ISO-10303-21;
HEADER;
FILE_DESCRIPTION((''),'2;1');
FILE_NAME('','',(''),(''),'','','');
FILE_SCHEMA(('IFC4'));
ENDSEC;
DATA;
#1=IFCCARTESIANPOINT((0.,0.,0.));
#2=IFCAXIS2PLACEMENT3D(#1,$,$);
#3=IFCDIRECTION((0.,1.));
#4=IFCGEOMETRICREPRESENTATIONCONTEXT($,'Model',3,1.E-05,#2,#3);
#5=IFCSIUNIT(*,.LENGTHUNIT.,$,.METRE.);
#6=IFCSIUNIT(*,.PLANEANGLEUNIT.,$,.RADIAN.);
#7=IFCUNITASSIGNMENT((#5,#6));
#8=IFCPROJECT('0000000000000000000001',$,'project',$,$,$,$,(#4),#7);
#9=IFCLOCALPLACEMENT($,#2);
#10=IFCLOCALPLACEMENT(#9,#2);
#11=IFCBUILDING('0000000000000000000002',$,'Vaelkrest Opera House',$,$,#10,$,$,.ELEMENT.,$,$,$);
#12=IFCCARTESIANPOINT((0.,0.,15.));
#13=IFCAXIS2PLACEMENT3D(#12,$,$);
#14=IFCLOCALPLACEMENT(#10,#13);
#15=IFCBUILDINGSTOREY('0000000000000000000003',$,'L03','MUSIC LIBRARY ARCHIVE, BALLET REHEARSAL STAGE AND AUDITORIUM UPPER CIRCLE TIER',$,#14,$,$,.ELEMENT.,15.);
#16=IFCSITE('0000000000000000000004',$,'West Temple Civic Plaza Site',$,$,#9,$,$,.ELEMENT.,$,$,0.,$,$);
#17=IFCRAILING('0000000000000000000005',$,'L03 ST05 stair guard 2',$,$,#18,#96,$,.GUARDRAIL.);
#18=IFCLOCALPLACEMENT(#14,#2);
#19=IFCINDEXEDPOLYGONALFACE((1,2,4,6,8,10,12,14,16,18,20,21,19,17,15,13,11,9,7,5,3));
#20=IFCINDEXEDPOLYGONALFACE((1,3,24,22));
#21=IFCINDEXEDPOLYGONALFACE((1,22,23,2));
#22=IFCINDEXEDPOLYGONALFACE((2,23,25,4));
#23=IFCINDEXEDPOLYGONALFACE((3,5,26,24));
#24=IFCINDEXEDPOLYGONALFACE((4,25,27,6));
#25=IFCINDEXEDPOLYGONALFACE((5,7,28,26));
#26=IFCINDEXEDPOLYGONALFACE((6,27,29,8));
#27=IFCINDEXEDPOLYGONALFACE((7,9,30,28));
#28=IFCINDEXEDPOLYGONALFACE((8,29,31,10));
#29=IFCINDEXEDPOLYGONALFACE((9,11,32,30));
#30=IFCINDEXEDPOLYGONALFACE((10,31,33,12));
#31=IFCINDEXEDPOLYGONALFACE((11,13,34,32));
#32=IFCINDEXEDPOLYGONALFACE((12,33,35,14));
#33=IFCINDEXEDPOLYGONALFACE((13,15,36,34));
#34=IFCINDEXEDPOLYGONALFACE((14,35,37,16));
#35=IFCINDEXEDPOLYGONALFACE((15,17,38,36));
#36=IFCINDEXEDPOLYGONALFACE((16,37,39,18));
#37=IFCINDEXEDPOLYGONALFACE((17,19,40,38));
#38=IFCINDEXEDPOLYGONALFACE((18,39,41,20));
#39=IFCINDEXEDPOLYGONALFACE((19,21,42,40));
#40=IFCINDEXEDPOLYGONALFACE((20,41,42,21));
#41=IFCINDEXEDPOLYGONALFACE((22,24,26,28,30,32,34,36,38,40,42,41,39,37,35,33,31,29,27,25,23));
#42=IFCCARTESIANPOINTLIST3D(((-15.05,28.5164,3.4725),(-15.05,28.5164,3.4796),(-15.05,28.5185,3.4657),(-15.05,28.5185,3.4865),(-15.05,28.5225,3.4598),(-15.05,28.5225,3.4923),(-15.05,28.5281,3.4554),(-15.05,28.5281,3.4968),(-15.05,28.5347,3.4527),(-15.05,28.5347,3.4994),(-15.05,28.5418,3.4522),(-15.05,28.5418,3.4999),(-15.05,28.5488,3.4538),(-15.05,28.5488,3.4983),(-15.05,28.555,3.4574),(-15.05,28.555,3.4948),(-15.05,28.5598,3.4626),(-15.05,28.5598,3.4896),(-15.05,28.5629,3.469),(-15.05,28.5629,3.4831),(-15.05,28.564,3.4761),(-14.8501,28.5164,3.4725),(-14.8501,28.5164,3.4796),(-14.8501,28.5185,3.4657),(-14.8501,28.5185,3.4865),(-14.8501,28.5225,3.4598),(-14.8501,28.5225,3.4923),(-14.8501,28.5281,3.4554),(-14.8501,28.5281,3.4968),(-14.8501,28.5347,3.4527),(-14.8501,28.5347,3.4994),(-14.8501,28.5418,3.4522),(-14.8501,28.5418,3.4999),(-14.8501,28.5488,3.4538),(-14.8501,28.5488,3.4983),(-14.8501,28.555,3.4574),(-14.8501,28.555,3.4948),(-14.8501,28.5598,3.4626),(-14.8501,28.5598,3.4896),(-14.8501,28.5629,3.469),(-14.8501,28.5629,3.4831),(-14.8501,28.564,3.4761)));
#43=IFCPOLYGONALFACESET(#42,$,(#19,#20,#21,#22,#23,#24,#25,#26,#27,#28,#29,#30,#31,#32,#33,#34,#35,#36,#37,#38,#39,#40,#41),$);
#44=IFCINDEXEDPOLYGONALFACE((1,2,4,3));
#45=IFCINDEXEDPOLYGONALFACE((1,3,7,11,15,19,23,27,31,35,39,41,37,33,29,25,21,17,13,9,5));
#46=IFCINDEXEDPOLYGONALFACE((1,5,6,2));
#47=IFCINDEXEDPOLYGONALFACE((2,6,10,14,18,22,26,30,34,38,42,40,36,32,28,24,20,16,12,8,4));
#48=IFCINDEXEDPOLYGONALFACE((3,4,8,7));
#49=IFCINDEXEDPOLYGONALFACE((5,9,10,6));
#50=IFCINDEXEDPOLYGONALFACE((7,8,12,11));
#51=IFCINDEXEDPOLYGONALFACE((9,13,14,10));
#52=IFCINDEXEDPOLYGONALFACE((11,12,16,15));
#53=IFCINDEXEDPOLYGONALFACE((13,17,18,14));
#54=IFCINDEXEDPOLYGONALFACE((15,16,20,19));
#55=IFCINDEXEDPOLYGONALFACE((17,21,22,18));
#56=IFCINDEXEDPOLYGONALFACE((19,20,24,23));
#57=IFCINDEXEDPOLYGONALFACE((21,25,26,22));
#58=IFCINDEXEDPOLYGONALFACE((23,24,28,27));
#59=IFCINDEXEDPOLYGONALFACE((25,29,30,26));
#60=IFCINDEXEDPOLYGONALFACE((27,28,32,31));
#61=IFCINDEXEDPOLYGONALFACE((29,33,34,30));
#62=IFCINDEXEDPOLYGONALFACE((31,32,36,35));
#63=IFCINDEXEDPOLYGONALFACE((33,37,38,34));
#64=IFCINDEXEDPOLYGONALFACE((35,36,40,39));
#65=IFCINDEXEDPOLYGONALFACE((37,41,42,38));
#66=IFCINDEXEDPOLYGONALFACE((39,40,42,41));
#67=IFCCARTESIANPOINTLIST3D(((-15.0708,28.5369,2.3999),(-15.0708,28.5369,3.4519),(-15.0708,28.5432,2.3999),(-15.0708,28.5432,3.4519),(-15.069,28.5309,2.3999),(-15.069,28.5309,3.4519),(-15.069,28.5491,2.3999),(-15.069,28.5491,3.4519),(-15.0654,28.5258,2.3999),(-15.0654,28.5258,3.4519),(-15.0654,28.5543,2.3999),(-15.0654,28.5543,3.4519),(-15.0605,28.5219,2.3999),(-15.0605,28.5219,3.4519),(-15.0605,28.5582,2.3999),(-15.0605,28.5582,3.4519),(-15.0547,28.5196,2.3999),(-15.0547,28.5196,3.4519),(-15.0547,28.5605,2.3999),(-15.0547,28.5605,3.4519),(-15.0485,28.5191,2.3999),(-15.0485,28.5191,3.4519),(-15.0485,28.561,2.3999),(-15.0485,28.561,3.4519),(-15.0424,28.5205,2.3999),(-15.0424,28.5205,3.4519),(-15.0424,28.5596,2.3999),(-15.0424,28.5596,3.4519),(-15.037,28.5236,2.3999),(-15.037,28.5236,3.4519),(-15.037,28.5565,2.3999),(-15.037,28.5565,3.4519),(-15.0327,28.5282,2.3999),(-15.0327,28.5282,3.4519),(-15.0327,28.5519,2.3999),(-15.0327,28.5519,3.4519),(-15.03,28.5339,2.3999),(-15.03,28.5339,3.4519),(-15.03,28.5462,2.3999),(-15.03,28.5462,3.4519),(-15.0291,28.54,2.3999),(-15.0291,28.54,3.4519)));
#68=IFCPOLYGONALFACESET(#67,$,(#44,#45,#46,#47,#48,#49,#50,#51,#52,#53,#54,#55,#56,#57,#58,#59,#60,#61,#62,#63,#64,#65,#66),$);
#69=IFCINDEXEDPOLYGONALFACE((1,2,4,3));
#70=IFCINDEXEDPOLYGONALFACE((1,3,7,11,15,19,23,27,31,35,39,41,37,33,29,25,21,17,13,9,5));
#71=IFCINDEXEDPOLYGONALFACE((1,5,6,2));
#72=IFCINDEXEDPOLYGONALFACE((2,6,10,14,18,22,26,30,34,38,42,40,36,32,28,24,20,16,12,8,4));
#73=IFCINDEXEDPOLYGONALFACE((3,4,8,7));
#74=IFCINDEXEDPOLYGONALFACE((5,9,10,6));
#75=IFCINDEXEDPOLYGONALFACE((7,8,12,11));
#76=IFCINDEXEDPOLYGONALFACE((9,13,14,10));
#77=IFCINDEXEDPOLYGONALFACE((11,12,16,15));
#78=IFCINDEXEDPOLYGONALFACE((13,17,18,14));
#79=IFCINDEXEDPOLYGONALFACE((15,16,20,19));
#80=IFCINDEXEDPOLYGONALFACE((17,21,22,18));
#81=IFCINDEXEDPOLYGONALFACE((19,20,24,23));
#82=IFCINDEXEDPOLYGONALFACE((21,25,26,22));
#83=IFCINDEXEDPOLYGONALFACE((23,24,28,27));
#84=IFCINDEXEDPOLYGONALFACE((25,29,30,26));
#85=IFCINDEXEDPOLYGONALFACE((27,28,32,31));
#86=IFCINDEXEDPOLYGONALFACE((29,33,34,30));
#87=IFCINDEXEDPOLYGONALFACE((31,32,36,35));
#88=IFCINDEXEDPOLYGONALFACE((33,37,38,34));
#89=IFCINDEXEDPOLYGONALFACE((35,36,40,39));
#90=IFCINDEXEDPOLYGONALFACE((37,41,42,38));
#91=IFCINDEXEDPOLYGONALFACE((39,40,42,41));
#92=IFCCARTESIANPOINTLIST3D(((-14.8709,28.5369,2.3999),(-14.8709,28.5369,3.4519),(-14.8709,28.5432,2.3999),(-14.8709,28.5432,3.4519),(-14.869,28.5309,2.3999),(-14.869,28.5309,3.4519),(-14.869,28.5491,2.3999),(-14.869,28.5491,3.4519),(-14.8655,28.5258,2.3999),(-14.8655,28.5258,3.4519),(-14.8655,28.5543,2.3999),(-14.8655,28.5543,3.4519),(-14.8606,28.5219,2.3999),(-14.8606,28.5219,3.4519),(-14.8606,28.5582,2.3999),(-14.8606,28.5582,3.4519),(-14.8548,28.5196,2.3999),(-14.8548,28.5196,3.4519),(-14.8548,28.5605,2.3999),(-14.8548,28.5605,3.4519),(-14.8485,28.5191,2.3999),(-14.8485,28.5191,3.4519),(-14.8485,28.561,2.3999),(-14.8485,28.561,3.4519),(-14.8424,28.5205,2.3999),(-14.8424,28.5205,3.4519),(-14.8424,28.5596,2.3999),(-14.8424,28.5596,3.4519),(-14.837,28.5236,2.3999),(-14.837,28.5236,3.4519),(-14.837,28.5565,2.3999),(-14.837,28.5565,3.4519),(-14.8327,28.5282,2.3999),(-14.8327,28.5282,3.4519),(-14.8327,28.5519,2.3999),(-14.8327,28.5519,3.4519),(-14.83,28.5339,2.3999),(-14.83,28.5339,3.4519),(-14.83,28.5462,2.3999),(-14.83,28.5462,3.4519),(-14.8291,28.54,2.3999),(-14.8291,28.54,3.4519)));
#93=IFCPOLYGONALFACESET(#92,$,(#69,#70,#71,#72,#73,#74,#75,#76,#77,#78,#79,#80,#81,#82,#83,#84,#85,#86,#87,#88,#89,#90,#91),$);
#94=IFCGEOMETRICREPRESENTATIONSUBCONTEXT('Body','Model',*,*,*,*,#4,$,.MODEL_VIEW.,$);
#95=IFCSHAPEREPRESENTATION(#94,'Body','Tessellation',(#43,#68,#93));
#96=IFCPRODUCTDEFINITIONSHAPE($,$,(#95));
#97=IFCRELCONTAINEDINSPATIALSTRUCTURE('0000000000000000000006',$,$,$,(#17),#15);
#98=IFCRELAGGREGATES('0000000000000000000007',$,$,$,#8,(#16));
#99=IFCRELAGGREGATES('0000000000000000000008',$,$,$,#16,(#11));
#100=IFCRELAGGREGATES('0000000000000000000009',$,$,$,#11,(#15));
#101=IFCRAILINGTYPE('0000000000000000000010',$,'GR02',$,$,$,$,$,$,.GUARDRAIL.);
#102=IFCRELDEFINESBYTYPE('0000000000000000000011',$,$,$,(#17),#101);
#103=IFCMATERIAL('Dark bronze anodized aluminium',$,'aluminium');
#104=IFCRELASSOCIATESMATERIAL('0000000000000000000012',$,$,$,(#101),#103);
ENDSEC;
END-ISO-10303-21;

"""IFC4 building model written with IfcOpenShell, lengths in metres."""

from ifc_helpers import new_model, si_unit, direction, frame, origin, origin_2d, place, context, subcontext, project, spatial, circle, extrude, material, type_object, element, save


model = new_model("IFC4")

# Units and contexts
model_context = context("Model", 3, precision=1e-05, world=origin(), true_north=direction((0.0, 1.0)))
body_context = subcontext(model_context, "Body", "Model", "MODEL_VIEW")
ifc_project = project(units=[si_unit("LENGTHUNIT", "METRE"), si_unit("PLANEANGLEUNIT", "RADIAN")], contexts=[model_context])

# Site, building, storey
site_placement = place(None, origin())
site = spatial("IfcSite", under=ifc_project, at=site_placement, Name="West Temple Civic Plaza Site", CompositionType="ELEMENT", RefElevation=0.0)
building_placement = place(site_placement, origin())
building = spatial("IfcBuilding", under=site, at=building_placement, Name="Vaelkrest Opera House", CompositionType="ELEMENT")
storey_placement = place(building_placement, frame((0.0, 0.0, 15.0)))
storey = spatial("IfcBuildingStorey", under=building, at=storey_placement, Name="L03", Description="MUSIC LIBRARY ARCHIVE, BALLET REHEARSAL STAGE AND AUDITORIUM UPPER CIRCLE TIER", CompositionType="ELEMENT", Elevation=15.0)

# Railing
ifc_material_1 = material(Name="Dark bronze anodized aluminium", Category="aluminium")
railing_type_1 = type_object("IfcRailingType", Name="GR02", PredefinedType="GUARDRAIL", material=ifc_material_1)
railing_1_placement = place(storey_placement, frame((-15.05, 28.54, 2.3999)))
element("IfcRailing", 1, at=railing_1_placement, inside=storey, type_object=railing_type_1, Name="L03 ST05 stair guard 2", PredefinedType="GUARDRAIL", context=body_context, shape_type="SweptSolid", body=[
    extrude(circle(Radius=0.0239, at=origin_2d()), frame((0.0, 0.0, 1.0762), z_axis=(1.0, 0.0, 0.0), x_axis=(0.0, 1.0, 0.0)), (0.0, 0.0, 1.0), 0.2),
    extrude(circle(Radius=0.021, at=origin_2d()), origin(), (0.0, 0.0, 1.0), 1.052),
    extrude(circle(Radius=0.021, at=origin_2d()), frame((0.2, 0.0, 0.0)), (0.0, 0.0, 1.0), 1.052),
])

save(model, "model.ifc")
